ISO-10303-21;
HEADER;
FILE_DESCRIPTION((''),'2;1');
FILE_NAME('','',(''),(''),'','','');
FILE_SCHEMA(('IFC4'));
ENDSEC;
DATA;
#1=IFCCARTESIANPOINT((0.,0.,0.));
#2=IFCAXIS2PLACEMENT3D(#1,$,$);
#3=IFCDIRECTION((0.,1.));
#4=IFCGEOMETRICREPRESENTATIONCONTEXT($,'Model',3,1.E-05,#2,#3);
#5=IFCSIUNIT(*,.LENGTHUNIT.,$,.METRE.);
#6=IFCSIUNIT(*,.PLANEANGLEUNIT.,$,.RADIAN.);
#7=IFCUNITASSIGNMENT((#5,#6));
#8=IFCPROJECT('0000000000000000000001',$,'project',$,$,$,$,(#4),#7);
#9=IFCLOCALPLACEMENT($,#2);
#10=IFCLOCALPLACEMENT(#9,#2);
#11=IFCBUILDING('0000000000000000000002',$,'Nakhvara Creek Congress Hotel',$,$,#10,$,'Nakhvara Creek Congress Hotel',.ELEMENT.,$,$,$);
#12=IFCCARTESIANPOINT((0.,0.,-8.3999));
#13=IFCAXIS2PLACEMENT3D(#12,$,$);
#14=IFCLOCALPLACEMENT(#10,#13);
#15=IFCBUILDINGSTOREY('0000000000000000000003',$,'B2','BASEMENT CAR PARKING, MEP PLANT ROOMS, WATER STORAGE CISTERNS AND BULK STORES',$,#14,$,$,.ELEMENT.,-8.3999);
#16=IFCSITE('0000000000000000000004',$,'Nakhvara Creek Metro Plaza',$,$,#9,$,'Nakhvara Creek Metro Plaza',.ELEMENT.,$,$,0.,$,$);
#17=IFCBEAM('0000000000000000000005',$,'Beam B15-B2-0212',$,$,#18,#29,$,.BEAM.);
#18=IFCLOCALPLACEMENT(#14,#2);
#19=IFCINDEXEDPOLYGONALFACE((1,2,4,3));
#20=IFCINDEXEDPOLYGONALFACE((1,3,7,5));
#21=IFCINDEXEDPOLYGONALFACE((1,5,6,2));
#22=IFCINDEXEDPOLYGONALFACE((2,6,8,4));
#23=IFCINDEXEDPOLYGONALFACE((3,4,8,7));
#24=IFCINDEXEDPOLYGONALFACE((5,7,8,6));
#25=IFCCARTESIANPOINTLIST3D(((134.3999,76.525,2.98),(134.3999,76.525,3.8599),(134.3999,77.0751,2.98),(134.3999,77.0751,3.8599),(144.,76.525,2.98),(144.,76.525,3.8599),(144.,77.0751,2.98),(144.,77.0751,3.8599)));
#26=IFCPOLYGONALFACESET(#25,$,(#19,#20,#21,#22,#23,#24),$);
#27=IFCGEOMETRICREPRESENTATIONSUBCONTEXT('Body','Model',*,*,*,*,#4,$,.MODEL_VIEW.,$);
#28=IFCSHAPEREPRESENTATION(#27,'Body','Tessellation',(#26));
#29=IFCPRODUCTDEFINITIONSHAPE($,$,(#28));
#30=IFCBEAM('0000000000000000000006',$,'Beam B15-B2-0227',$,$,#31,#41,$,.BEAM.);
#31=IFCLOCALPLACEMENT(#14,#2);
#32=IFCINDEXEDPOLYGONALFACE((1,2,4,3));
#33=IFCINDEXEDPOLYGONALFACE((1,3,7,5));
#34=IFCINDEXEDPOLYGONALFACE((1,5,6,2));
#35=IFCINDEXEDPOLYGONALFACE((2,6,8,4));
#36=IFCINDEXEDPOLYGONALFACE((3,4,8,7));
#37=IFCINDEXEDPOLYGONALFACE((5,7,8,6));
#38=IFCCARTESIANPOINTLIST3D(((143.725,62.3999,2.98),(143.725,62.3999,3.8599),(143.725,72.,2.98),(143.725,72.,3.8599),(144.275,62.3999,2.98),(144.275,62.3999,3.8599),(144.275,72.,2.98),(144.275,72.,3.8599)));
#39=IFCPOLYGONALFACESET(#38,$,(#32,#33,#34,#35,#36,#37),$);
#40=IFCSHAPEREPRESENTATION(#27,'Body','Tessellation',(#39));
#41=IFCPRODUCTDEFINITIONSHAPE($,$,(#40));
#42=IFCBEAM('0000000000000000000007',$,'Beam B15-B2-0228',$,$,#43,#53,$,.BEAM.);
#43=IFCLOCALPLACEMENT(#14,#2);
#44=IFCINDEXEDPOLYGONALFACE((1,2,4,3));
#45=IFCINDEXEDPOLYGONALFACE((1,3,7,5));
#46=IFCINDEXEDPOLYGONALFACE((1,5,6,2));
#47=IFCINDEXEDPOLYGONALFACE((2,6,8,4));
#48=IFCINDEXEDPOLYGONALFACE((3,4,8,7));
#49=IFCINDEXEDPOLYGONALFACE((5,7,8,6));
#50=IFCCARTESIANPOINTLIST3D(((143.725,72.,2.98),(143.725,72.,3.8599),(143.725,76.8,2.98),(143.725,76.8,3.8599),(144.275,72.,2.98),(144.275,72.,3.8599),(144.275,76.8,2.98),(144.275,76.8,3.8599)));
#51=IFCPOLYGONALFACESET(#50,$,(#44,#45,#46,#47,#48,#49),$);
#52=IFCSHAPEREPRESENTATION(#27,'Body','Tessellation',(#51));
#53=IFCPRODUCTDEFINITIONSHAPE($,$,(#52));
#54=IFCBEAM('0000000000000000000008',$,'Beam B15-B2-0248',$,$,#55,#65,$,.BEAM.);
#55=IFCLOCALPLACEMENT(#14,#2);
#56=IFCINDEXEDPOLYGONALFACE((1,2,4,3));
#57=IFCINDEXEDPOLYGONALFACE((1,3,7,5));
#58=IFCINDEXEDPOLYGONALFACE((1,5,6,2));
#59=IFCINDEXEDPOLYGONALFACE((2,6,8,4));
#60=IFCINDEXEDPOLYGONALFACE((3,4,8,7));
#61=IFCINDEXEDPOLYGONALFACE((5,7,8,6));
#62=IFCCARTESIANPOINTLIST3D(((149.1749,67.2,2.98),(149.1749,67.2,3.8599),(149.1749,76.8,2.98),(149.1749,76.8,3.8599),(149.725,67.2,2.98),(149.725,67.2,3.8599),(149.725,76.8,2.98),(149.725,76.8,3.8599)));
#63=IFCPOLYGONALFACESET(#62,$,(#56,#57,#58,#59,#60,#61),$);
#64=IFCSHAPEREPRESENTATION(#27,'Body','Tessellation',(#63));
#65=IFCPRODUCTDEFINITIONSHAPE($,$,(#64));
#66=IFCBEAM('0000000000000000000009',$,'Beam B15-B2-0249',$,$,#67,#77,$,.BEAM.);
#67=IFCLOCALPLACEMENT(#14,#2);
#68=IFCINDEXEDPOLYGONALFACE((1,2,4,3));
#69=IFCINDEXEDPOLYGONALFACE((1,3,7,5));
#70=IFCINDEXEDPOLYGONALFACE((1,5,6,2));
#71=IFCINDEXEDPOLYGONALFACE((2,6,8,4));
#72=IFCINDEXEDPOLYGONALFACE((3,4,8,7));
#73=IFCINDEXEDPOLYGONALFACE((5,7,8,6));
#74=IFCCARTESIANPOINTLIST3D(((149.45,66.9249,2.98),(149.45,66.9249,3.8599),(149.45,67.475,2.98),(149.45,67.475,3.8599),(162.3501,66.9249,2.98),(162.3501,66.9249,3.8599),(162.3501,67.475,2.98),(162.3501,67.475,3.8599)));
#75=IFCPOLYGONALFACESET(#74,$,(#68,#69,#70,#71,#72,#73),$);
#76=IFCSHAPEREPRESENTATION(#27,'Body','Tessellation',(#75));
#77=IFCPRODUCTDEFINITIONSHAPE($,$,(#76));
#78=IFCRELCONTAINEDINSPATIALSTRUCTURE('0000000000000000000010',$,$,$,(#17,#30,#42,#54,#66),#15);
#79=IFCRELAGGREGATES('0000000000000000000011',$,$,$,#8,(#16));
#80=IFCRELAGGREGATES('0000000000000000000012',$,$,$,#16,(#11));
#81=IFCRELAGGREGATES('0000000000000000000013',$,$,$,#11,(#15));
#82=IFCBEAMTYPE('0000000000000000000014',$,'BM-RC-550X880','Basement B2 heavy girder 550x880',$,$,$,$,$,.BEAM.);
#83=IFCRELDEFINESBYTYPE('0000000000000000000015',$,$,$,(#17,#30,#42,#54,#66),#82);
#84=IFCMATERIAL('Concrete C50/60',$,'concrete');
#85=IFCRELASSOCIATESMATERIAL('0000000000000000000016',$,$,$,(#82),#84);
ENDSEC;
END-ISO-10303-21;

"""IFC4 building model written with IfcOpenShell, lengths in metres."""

from ifc_helpers import new_model, si_unit, direction, frame, origin, origin_2d, place, context, subcontext, project, spatial, rectangle, extrude, material, material_profile, profile_set, type_object, element, save


model = new_model("IFC4")

# Units and contexts
model_context = context("Model", 3, precision=1e-05, world=origin(), true_north=direction((0.0, 1.0)))
body_context = subcontext(model_context, "Body", "Model", "MODEL_VIEW")
ifc_project = project(units=[si_unit("LENGTHUNIT", "METRE"), si_unit("PLANEANGLEUNIT", "RADIAN")], contexts=[model_context])

# Site, building, storey
site_placement = place(None, origin())
site = spatial("IfcSite", under=ifc_project, at=site_placement, Name="Nakhvara Creek Metro Plaza", LongName="Nakhvara Creek Metro Plaza", CompositionType="ELEMENT", RefElevation=0.0)
building_placement = place(site_placement, origin())
building = spatial("IfcBuilding", under=site, at=building_placement, Name="Nakhvara Creek Congress Hotel", LongName="Nakhvara Creek Congress Hotel", CompositionType="ELEMENT")
storey_placement = place(building_placement, frame((0.0, 0.0, -8.3999)))
storey = spatial("IfcBuildingStorey", under=building, at=storey_placement, Name="B2", Description="BASEMENT CAR PARKING, MEP PLANT ROOMS, WATER STORAGE CISTERNS AND BULK STORES", CompositionType="ELEMENT", Elevation=-8.3999)

# Shared definitions
ifc_material_1 = material(Name="Concrete C50/60", Category="concrete")

# Beams
ifc_material_profile_1 = material_profile(ifc_material_1, rectangle(XDim=0.55, YDim=0.8799, at=origin_2d()), Name="RC-BM 550x880", Category="LoadBearing")
ifc_profile_set_1 = profile_set([ifc_material_profile_1], Name="Concrete C50/60")
beam_type = type_object("IfcBeamType", Name="BM-RC-550X880", Description="Basement B2 heavy girder 550x880", PredefinedType="BEAM", material=ifc_profile_set_1)
for number, where, z_axis, x_axis, name in (
    (1, (134.3999, 76.8, 3.4199), (1.0, 0.0, 0.0), (0.0, 1.0, 0.0), "Beam B15-B2-0212"),
    (2, (144.0, 62.3999, 3.4199), (0.0, 1.0, 0.0), (-1.0, 0.0, 0.0), "Beam B15-B2-0227"),
):
    element("IfcBeam", number, at=place(storey_placement, frame(where, z_axis=z_axis, x_axis=x_axis)), inside=storey, type_object=beam_type, Name=name, PredefinedType="BEAM", context=body_context, shape_type="SweptSolid", body=[
        extrude(rectangle(XDim=0.55, YDim=0.8799, at=origin_2d()), origin(), (0.0, 0.0, 1.0), 9.6001),
    ])
beam_1_placement = place(storey_placement, frame((144.0, 72.0, 3.4199), z_axis=(0.0, 1.0, 0.0), x_axis=(-1.0, 0.0, 0.0)))
element("IfcBeam", 3, at=beam_1_placement, inside=storey, type_object=beam_type, Name="Beam B15-B2-0228", PredefinedType="BEAM", context=body_context, shape_type="SweptSolid", body=[
    extrude(rectangle(XDim=0.55, YDim=0.8799, at=origin_2d()), origin(), (0.0, 0.0, 1.0), 4.8),
])
beam_2_placement = place(storey_placement, frame((149.45, 67.2, 3.4199), z_axis=(0.0, 1.0, 0.0), x_axis=(-1.0, 0.0, 0.0)))
element("IfcBeam", 4, at=beam_2_placement, inside=storey, type_object=beam_type, Name="Beam B15-B2-0248", PredefinedType="BEAM", context=body_context, shape_type="SweptSolid", body=[
    extrude(rectangle(XDim=0.55, YDim=0.8799, at=origin_2d()), origin(), (0.0, 0.0, 1.0), 9.6001),
])
beam_3_placement = place(storey_placement, frame((149.45, 67.2, 3.4199), z_axis=(1.0, 0.0, 0.0), x_axis=(0.0, 1.0, 0.0)))
element("IfcBeam", 5, at=beam_3_placement, inside=storey, type_object=beam_type, Name="Beam B15-B2-0249", PredefinedType="BEAM", context=body_context, shape_type="SweptSolid", body=[
    extrude(rectangle(XDim=0.55, YDim=0.8799, at=origin_2d()), origin(), (0.0, 0.0, 1.0), 12.9001),
])

save(model, "model.ifc")
